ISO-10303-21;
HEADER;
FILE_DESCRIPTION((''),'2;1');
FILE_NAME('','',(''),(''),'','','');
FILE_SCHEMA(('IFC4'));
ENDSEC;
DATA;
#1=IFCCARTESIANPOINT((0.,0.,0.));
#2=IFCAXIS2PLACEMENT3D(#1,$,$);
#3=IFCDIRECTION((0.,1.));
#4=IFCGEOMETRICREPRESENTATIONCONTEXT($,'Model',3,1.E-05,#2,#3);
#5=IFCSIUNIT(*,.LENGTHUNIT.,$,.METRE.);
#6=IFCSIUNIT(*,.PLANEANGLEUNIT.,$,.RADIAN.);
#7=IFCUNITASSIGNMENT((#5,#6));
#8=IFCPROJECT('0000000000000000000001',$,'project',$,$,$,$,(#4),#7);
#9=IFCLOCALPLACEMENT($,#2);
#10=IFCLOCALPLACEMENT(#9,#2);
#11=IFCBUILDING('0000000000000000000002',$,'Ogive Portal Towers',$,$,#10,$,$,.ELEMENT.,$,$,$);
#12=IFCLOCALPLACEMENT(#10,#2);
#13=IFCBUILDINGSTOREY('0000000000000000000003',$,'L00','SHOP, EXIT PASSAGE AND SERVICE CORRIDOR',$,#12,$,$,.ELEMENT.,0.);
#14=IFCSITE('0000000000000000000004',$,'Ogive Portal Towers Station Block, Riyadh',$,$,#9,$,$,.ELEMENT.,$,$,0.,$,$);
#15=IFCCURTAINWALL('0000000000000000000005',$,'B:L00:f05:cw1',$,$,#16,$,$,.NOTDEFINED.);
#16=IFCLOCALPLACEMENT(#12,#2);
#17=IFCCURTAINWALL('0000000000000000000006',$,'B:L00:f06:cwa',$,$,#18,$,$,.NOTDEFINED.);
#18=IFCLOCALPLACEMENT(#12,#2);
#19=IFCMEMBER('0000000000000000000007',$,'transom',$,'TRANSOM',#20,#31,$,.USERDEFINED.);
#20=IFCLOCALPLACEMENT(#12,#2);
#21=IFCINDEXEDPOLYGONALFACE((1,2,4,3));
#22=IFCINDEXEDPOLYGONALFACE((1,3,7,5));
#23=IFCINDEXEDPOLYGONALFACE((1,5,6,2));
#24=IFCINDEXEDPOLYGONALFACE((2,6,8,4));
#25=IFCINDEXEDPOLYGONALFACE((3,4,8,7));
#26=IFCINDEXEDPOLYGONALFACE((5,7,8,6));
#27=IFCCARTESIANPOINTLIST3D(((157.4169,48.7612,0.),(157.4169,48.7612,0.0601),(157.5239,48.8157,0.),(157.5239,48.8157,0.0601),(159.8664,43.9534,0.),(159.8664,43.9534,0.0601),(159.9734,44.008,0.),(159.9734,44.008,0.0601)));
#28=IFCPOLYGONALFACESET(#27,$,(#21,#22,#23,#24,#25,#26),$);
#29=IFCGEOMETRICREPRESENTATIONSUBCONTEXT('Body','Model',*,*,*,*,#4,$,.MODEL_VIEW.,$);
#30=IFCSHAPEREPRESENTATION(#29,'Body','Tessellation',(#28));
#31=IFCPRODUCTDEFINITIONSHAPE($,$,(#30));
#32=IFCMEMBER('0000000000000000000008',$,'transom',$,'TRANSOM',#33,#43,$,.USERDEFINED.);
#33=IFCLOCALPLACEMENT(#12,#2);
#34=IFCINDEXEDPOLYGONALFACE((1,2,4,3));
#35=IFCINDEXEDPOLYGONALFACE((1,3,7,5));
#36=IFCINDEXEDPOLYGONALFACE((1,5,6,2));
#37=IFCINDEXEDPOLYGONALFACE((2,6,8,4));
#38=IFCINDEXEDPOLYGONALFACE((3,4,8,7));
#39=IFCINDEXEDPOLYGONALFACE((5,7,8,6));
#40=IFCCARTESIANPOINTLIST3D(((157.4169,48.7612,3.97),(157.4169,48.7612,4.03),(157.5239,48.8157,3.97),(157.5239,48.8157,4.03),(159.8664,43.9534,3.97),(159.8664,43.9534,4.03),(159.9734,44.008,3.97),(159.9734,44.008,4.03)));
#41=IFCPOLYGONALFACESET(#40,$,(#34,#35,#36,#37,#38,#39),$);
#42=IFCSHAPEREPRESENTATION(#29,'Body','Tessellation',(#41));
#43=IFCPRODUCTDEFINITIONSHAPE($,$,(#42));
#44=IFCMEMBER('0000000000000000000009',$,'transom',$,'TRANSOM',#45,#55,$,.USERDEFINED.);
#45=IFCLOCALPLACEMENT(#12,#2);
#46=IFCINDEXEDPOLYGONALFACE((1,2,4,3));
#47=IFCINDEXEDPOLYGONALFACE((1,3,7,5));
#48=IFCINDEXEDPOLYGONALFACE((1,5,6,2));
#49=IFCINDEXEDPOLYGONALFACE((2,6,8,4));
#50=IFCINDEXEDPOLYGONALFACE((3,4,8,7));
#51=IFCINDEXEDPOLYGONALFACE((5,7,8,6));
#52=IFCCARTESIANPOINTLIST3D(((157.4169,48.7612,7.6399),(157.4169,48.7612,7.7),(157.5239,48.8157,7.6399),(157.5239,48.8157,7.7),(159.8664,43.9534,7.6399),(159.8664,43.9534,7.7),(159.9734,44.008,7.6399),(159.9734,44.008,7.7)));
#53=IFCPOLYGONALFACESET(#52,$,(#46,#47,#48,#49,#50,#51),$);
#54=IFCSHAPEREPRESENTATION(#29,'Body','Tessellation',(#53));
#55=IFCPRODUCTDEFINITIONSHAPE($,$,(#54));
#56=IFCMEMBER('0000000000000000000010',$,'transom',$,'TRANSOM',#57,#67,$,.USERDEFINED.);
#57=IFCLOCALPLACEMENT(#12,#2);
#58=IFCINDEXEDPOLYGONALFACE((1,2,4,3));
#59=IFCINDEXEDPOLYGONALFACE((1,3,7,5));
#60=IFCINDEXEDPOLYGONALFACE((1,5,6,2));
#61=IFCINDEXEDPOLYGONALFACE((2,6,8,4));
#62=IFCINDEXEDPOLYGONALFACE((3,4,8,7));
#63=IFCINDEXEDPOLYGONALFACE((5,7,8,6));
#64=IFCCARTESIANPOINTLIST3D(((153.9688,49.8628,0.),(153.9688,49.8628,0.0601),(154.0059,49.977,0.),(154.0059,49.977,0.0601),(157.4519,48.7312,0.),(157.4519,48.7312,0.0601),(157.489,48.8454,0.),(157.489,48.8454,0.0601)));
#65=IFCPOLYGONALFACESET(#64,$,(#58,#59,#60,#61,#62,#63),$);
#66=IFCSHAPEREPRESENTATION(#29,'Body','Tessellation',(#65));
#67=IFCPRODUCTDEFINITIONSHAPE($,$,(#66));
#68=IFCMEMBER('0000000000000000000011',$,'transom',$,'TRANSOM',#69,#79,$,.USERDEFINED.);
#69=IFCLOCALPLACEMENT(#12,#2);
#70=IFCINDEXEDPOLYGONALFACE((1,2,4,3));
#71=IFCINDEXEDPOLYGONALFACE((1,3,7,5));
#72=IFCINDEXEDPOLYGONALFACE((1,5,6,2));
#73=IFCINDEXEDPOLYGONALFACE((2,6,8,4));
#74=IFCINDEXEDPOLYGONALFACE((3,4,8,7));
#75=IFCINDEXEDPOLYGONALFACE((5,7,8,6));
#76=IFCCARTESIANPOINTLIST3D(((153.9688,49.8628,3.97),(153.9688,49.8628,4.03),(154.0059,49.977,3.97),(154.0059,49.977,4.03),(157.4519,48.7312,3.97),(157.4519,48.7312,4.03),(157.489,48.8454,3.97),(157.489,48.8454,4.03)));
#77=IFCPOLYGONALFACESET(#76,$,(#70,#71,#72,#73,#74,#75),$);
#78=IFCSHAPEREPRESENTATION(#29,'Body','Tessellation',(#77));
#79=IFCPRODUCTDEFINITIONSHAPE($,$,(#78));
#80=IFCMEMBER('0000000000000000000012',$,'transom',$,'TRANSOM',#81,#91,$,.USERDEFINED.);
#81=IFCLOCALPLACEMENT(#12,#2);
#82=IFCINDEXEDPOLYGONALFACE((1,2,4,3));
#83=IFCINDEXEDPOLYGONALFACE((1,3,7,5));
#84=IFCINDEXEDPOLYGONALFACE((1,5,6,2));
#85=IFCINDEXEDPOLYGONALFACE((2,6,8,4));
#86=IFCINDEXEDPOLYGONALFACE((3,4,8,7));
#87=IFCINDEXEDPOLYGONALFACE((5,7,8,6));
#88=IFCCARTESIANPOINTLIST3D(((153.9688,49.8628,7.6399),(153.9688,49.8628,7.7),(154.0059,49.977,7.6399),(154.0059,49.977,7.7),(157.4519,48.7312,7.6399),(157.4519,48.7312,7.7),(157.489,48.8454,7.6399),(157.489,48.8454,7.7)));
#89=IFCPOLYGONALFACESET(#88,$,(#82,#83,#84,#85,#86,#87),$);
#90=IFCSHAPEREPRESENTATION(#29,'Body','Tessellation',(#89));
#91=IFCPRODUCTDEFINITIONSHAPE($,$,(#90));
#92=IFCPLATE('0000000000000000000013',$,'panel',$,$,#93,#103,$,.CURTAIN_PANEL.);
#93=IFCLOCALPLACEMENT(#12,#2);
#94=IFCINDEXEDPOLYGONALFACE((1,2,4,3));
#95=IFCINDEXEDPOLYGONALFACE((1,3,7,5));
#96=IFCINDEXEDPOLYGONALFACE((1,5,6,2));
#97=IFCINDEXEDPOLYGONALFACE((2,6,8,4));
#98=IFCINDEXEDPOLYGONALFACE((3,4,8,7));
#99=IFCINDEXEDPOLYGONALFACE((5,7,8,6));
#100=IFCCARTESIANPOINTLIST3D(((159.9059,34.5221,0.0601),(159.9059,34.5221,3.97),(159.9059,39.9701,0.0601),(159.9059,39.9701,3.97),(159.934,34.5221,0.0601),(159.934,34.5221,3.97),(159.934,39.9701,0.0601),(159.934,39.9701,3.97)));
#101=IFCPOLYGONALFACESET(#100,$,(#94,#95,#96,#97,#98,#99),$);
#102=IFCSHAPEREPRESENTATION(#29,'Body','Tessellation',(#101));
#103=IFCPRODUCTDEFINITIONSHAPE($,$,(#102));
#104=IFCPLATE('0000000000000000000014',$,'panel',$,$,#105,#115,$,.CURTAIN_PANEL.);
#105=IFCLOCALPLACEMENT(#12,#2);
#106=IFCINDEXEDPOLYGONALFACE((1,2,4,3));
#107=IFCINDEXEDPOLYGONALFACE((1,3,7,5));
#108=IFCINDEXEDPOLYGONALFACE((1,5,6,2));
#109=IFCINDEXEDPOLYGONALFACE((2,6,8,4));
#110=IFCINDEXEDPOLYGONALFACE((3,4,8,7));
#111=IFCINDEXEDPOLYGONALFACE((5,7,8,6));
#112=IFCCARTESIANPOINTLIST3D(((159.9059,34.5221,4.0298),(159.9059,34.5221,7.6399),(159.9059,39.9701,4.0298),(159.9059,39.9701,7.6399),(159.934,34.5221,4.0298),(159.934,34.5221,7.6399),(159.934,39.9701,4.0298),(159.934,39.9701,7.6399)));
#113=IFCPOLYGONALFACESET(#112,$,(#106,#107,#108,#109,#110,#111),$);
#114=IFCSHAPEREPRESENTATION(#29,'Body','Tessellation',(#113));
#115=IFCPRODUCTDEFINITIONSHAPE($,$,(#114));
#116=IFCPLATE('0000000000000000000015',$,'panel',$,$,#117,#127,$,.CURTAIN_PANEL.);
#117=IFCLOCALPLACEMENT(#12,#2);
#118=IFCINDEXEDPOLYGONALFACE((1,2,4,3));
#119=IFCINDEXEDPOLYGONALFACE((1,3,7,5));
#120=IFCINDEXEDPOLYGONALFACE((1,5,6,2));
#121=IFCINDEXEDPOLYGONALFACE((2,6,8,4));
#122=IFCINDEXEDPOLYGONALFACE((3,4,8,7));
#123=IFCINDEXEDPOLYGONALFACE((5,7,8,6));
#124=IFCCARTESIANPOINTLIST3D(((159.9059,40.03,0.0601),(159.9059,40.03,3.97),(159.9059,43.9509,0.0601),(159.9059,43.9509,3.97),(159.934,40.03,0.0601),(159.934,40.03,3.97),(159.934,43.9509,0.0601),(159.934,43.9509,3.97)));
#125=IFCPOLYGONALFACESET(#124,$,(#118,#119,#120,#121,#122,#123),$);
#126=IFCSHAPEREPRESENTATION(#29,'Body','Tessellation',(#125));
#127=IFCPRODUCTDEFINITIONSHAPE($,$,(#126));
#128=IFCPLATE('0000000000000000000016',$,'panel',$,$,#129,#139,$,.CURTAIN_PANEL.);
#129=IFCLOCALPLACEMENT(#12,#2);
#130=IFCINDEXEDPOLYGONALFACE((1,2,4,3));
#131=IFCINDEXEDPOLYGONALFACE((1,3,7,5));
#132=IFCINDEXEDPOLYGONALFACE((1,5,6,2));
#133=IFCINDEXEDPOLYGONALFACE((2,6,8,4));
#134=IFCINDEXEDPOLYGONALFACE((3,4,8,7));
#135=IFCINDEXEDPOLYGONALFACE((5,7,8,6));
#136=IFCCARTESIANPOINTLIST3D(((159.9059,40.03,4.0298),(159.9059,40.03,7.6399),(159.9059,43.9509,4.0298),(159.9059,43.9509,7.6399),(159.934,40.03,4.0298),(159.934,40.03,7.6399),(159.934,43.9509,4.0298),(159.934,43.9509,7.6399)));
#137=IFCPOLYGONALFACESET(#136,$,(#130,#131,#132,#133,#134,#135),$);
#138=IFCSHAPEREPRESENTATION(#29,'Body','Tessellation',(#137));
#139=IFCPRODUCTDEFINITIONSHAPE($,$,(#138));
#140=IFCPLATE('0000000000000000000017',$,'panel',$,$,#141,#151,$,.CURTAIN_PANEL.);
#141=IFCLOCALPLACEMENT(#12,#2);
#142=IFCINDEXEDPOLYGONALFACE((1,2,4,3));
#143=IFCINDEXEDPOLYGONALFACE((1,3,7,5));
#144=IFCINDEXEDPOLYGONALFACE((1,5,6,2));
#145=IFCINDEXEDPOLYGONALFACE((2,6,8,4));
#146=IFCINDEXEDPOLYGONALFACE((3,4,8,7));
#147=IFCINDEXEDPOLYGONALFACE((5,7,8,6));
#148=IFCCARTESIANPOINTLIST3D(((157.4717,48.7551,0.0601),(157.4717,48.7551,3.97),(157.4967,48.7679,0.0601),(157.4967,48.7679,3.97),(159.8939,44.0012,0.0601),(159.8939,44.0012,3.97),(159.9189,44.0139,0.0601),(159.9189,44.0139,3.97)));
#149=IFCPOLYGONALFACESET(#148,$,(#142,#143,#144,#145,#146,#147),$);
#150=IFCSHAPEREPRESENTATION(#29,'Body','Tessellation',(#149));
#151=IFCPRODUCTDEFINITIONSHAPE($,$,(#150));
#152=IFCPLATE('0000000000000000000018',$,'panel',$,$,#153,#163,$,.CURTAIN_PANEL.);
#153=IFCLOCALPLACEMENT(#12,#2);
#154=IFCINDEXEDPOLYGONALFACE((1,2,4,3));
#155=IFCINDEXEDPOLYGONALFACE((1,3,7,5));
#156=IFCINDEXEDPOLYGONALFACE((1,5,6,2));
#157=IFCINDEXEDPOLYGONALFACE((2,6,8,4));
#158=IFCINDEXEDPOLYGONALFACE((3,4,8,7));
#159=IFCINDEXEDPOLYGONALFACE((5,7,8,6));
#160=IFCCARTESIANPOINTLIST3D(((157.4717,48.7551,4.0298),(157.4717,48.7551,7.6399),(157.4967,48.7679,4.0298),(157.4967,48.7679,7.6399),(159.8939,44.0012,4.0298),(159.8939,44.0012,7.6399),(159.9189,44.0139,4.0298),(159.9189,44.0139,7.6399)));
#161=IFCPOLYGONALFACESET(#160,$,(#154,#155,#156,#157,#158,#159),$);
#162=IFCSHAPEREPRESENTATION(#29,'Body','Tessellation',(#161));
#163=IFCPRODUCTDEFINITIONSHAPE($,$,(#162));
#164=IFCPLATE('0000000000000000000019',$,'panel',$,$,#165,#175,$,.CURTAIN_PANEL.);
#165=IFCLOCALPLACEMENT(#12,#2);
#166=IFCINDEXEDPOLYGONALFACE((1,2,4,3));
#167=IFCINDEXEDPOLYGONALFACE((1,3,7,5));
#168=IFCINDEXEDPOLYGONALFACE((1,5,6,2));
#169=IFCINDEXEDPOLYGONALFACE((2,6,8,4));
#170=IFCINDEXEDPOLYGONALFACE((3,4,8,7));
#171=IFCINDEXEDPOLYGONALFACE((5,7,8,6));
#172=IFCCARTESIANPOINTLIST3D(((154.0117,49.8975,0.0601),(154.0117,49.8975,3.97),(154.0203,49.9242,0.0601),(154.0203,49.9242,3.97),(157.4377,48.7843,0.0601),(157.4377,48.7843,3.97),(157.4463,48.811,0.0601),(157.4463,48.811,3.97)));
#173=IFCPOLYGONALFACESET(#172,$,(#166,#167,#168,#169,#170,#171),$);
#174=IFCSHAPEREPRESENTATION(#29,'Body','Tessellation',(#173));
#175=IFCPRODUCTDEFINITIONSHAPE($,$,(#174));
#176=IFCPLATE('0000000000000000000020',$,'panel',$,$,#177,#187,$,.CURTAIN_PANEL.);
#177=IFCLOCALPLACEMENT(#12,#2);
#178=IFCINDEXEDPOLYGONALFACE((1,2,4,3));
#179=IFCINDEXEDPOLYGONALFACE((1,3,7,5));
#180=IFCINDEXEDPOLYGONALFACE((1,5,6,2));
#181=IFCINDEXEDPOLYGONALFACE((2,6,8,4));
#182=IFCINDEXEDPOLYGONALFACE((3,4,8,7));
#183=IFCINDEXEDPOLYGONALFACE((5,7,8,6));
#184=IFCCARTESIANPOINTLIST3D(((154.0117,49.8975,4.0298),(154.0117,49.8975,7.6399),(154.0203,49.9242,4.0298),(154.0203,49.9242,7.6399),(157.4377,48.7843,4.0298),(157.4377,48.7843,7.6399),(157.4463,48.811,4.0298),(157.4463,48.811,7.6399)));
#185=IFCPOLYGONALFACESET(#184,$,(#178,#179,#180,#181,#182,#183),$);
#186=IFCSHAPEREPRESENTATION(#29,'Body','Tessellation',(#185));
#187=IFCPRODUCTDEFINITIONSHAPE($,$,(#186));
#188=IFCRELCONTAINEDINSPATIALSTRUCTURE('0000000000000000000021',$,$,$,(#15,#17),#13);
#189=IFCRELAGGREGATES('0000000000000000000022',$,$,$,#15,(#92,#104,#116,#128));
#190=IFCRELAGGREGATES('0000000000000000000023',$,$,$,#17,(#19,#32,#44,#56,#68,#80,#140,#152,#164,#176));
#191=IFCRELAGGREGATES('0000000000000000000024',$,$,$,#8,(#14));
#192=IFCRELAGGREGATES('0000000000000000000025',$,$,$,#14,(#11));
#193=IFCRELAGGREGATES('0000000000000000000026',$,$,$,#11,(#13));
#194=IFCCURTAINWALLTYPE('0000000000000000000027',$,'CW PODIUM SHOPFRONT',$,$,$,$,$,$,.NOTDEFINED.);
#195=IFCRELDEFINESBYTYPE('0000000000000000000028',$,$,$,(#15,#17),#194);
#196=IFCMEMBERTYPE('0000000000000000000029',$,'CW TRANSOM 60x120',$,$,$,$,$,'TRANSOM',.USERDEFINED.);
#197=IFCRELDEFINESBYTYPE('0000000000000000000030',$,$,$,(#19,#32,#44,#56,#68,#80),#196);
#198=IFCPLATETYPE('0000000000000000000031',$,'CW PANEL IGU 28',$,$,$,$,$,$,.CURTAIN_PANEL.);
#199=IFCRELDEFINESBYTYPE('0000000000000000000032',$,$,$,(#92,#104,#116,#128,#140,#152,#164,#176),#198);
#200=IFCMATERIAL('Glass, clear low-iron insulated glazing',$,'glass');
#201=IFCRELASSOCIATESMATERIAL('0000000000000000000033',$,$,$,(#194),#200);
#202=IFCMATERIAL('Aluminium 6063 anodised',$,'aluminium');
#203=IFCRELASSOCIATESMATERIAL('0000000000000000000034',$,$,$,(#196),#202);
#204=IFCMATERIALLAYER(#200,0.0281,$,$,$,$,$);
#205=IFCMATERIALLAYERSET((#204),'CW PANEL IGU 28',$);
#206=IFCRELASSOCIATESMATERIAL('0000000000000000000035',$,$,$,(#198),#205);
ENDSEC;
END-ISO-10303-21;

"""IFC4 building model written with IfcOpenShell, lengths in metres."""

from ifc_helpers import new_model, si_unit, direction, frame, origin, origin_2d, place, context, subcontext, project, spatial, rectangle, extrude, material, layer, layer_set, material_profile, profile_set, type_object, element, aggregate, save


model = new_model("IFC4")

# Units and contexts
model_context = context("Model", 3, precision=1e-05, world=origin(), true_north=direction((0.0, 1.0)))
body_context = subcontext(model_context, "Body", "Model", "MODEL_VIEW")
ifc_project = project(units=[si_unit("LENGTHUNIT", "METRE"), si_unit("PLANEANGLEUNIT", "RADIAN")], contexts=[model_context])

# Site, building, storey
site_placement = place(None, origin())
site = spatial("IfcSite", under=ifc_project, at=site_placement, Name="Ogive Portal Towers Station Block, Riyadh", CompositionType="ELEMENT", RefElevation=0.0)
building_placement = place(site_placement, origin())
building = spatial("IfcBuilding", under=site, at=building_placement, Name="Ogive Portal Towers", CompositionType="ELEMENT")
storey_placement = place(building_placement, origin())
storey = spatial("IfcBuildingStorey", under=building, at=storey_placement, Name="L00", Description="SHOP, EXIT PASSAGE AND SERVICE CORRIDOR", CompositionType="ELEMENT", Elevation=0.0)

# Shared definitions
ifc_material_1 = material(Name="Glass, clear low-iron insulated glazing", Category="glass")
curtain_wall_type = type_object("IfcCurtainWallType", Name="CW PODIUM SHOPFRONT", PredefinedType="NOTDEFINED", material=ifc_material_1)
ifc_material_2 = material(Name="Aluminium 6063 anodised", Category="aluminium")

# Curtain wall
curtain_wall_1_placement = place(storey_placement, origin())
curtain_wall_1 = element("IfcCurtainWall", 1, at=curtain_wall_1_placement, inside=storey, type_object=curtain_wall_type, Name="B:L00:f05:cw1", PredefinedType="NOTDEFINED")

# Curtain wall
curtain_wall_2_placement = place(storey_placement, origin())
curtain_wall_2 = element("IfcCurtainWall", 2, at=curtain_wall_2_placement, inside=storey, type_object=curtain_wall_type, Name="B:L00:f06:cwa", PredefinedType="NOTDEFINED")

# Members
ifc_material_profile_1 = material_profile(ifc_material_2, rectangle(XDim=0.1201, YDim=0.0601, at=origin_2d()), Name="AL 120x60")
ifc_profile_set_1 = profile_set([ifc_material_profile_1], Name="Aluminium 6063 anodised")
member_type_1 = type_object("IfcMemberType", Name="CW TRANSOM 60x120", ElementType="TRANSOM", PredefinedType="USERDEFINED", material=ifc_profile_set_1)
member_1_placement = place(storey_placement, frame((159.9199, 43.9807, 0.03), z_axis=(-0.45397, 0.891017, 0.0), x_axis=(-0.891017, -0.45397, 0.0)))
member_1 = element("IfcMember", 3, at=member_1_placement, type_object=member_type_1, Name="transom", ObjectType="TRANSOM", PredefinedType="USERDEFINED", context=body_context, shape_type="SweptSolid", body=[
    extrude(rectangle(XDim=0.1201, YDim=0.0601, at=origin_2d()), origin(), (0.0, 0.0, 1.0), 5.3958),
])
member_2_placement = place(storey_placement, frame((159.9199, 43.9807, 4.0), z_axis=(-0.45397, 0.891017, 0.0), x_axis=(-0.891017, -0.45397, 0.0)))
member_2 = element("IfcMember", 4, at=member_2_placement, type_object=member_type_1, Name="transom", ObjectType="TRANSOM", PredefinedType="USERDEFINED", context=body_context, shape_type="SweptSolid", body=[
    extrude(rectangle(XDim=0.1201, YDim=0.0601, at=origin_2d()), origin(), (0.0, 0.0, 1.0), 5.3958),
])
member_3_placement = place(storey_placement, frame((159.9199, 43.9807, 7.6699), z_axis=(-0.45397, 0.891017, 0.0), x_axis=(-0.891017, -0.45397, 0.0)))
member_3 = element("IfcMember", 5, at=member_3_placement, type_object=member_type_1, Name="transom", ObjectType="TRANSOM", PredefinedType="USERDEFINED", context=body_context, shape_type="SweptSolid", body=[
    extrude(rectangle(XDim=0.1201, YDim=0.0601, at=origin_2d()), origin(), (0.0, 0.0, 1.0), 5.3958),
])
member_4_placement = place(storey_placement, frame((157.4705, 48.7883, 0.03), z_axis=(-0.951069, 0.308979, 0.0), x_axis=(-0.308979, -0.951069, 0.0)))
member_4 = element("IfcMember", 6, at=member_4_placement, type_object=member_type_1, Name="transom", ObjectType="TRANSOM", PredefinedType="USERDEFINED", context=body_context, shape_type="SweptSolid", body=[
    extrude(rectangle(XDim=0.1201, YDim=0.0601, at=origin_2d()), origin(), (0.0, 0.0, 1.0), 3.6624),
])
member_5_placement = place(storey_placement, frame((157.4705, 48.7883, 4.0), z_axis=(-0.951069, 0.308979, 0.0), x_axis=(-0.308979, -0.951069, 0.0)))
member_5 = element("IfcMember", 7, at=member_5_placement, type_object=member_type_1, Name="transom", ObjectType="TRANSOM", PredefinedType="USERDEFINED", context=body_context, shape_type="SweptSolid", body=[
    extrude(rectangle(XDim=0.1201, YDim=0.0601, at=origin_2d()), origin(), (0.0, 0.0, 1.0), 3.6624),
])
member_6_placement = place(storey_placement, frame((157.4705, 48.7883, 7.6699), z_axis=(-0.951069, 0.308979, 0.0), x_axis=(-0.308979, -0.951069, 0.0)))
member_6 = element("IfcMember", 8, at=member_6_placement, type_object=member_type_1, Name="transom", ObjectType="TRANSOM", PredefinedType="USERDEFINED", context=body_context, shape_type="SweptSolid", body=[
    extrude(rectangle(XDim=0.1201, YDim=0.0601, at=origin_2d()), origin(), (0.0, 0.0, 1.0), 3.6624),
])

# Plates
ifc_layer_1 = layer(ifc_material_1, 0.0281)
ifc_layer_set_1 = layer_set([ifc_layer_1], Name="CW PANEL IGU 28")
plate_type = type_object("IfcPlateType", Name="CW PANEL IGU 28", PredefinedType="CURTAIN_PANEL", material=ifc_layer_set_1)
plate_1_placement = place(storey_placement, frame((159.9199, 37.2461, 0.0601), z_axis=(0.0, 0.0, 1.0), x_axis=(0.0, 1.0, 0.0)))
plate_1 = element("IfcPlate", 9, at=plate_1_placement, type_object=plate_type, Name="panel", PredefinedType="CURTAIN_PANEL", context=body_context, shape_type="SweptSolid", body=[
    extrude(rectangle(XDim=5.448, YDim=0.0281, at=origin_2d()), origin(), (0.0, 0.0, 1.0), 3.9099),
])
plate_2_placement = place(storey_placement, frame((159.9199, 37.2461, 4.0298), z_axis=(0.0, 0.0, 1.0), x_axis=(0.0, 1.0, 0.0)))
plate_2 = element("IfcPlate", 10, at=plate_2_placement, type_object=plate_type, Name="panel", PredefinedType="CURTAIN_PANEL", context=body_context, shape_type="SweptSolid", body=[
    extrude(rectangle(XDim=5.448, YDim=0.0281, at=origin_2d()), origin(), (0.0, 0.0, 1.0), 3.6101),
])
plate_3_placement = place(storey_placement, frame((159.9199, 41.9905, 0.0601), z_axis=(0.0, 0.0, 1.0), x_axis=(0.0, 1.0, 0.0)))
plate_3 = element("IfcPlate", 11, at=plate_3_placement, type_object=plate_type, Name="panel", PredefinedType="CURTAIN_PANEL", context=body_context, shape_type="SweptSolid", body=[
    extrude(rectangle(XDim=3.9209, YDim=0.0281, at=origin_2d()), origin(), (0.0, 0.0, 1.0), 3.9099),
])
plate_4_placement = place(storey_placement, frame((159.9199, 41.9905, 4.0298), z_axis=(0.0, 0.0, 1.0), x_axis=(0.0, 1.0, 0.0)))
plate_4 = element("IfcPlate", 12, at=plate_4_placement, type_object=plate_type, Name="panel", PredefinedType="CURTAIN_PANEL", context=body_context, shape_type="SweptSolid", body=[
    extrude(rectangle(XDim=3.9209, YDim=0.0281, at=origin_2d()), origin(), (0.0, 0.0, 1.0), 3.6101),
])
aggregate(curtain_wall_1, [plate_1, plate_2, plate_3, plate_4])
plate_5_placement = place(storey_placement, frame((158.6953, 46.3845, 0.0601), z_axis=(0.0, 0.0, 1.0), x_axis=(-0.45399, 0.891007, 0.0)))
plate_5 = element("IfcPlate", 13, at=plate_5_placement, type_object=plate_type, Name="panel", PredefinedType="CURTAIN_PANEL", context=body_context, shape_type="SweptSolid", body=[
    extrude(rectangle(XDim=5.3354, YDim=0.0281, at=origin_2d()), origin(), (0.0, 0.0, 1.0), 3.9099),
])
plate_6_placement = place(storey_placement, frame((158.6953, 46.3845, 4.0298), z_axis=(0.0, 0.0, 1.0), x_axis=(-0.45399, 0.891007, 0.0)))
plate_6 = element("IfcPlate", 14, at=plate_6_placement, type_object=plate_type, Name="panel", PredefinedType="CURTAIN_PANEL", context=body_context, shape_type="SweptSolid", body=[
    extrude(rectangle(XDim=5.3354, YDim=0.0281, at=origin_2d()), origin(), (0.0, 0.0, 1.0), 3.6101),
])
plate_7_placement = place(storey_placement, frame((155.729, 49.3542, 0.0601), z_axis=(0.0, 0.0, 1.0), x_axis=(-0.951057, 0.309017, 0.0)))
plate_7 = element("IfcPlate", 15, at=plate_7_placement, type_object=plate_type, Name="panel", PredefinedType="CURTAIN_PANEL", context=body_context, shape_type="SweptSolid", body=[
    extrude(rectangle(XDim=3.6023, YDim=0.0281, at=origin_2d()), origin(), (0.0, 0.0, 1.0), 3.9099),
])
plate_8_placement = place(storey_placement, frame((155.729, 49.3542, 4.0298), z_axis=(0.0, 0.0, 1.0), x_axis=(-0.951057, 0.309017, 0.0)))
plate_8 = element("IfcPlate", 16, at=plate_8_placement, type_object=plate_type, Name="panel", PredefinedType="CURTAIN_PANEL", context=body_context, shape_type="SweptSolid", body=[
    extrude(rectangle(XDim=3.6023, YDim=0.0281, at=origin_2d()), origin(), (0.0, 0.0, 1.0), 3.6101),
])
aggregate(curtain_wall_2, [member_1, member_2, member_3, member_4, member_5, member_6, plate_5, plate_6, plate_7, plate_8])

save(model, "model.ifc")
